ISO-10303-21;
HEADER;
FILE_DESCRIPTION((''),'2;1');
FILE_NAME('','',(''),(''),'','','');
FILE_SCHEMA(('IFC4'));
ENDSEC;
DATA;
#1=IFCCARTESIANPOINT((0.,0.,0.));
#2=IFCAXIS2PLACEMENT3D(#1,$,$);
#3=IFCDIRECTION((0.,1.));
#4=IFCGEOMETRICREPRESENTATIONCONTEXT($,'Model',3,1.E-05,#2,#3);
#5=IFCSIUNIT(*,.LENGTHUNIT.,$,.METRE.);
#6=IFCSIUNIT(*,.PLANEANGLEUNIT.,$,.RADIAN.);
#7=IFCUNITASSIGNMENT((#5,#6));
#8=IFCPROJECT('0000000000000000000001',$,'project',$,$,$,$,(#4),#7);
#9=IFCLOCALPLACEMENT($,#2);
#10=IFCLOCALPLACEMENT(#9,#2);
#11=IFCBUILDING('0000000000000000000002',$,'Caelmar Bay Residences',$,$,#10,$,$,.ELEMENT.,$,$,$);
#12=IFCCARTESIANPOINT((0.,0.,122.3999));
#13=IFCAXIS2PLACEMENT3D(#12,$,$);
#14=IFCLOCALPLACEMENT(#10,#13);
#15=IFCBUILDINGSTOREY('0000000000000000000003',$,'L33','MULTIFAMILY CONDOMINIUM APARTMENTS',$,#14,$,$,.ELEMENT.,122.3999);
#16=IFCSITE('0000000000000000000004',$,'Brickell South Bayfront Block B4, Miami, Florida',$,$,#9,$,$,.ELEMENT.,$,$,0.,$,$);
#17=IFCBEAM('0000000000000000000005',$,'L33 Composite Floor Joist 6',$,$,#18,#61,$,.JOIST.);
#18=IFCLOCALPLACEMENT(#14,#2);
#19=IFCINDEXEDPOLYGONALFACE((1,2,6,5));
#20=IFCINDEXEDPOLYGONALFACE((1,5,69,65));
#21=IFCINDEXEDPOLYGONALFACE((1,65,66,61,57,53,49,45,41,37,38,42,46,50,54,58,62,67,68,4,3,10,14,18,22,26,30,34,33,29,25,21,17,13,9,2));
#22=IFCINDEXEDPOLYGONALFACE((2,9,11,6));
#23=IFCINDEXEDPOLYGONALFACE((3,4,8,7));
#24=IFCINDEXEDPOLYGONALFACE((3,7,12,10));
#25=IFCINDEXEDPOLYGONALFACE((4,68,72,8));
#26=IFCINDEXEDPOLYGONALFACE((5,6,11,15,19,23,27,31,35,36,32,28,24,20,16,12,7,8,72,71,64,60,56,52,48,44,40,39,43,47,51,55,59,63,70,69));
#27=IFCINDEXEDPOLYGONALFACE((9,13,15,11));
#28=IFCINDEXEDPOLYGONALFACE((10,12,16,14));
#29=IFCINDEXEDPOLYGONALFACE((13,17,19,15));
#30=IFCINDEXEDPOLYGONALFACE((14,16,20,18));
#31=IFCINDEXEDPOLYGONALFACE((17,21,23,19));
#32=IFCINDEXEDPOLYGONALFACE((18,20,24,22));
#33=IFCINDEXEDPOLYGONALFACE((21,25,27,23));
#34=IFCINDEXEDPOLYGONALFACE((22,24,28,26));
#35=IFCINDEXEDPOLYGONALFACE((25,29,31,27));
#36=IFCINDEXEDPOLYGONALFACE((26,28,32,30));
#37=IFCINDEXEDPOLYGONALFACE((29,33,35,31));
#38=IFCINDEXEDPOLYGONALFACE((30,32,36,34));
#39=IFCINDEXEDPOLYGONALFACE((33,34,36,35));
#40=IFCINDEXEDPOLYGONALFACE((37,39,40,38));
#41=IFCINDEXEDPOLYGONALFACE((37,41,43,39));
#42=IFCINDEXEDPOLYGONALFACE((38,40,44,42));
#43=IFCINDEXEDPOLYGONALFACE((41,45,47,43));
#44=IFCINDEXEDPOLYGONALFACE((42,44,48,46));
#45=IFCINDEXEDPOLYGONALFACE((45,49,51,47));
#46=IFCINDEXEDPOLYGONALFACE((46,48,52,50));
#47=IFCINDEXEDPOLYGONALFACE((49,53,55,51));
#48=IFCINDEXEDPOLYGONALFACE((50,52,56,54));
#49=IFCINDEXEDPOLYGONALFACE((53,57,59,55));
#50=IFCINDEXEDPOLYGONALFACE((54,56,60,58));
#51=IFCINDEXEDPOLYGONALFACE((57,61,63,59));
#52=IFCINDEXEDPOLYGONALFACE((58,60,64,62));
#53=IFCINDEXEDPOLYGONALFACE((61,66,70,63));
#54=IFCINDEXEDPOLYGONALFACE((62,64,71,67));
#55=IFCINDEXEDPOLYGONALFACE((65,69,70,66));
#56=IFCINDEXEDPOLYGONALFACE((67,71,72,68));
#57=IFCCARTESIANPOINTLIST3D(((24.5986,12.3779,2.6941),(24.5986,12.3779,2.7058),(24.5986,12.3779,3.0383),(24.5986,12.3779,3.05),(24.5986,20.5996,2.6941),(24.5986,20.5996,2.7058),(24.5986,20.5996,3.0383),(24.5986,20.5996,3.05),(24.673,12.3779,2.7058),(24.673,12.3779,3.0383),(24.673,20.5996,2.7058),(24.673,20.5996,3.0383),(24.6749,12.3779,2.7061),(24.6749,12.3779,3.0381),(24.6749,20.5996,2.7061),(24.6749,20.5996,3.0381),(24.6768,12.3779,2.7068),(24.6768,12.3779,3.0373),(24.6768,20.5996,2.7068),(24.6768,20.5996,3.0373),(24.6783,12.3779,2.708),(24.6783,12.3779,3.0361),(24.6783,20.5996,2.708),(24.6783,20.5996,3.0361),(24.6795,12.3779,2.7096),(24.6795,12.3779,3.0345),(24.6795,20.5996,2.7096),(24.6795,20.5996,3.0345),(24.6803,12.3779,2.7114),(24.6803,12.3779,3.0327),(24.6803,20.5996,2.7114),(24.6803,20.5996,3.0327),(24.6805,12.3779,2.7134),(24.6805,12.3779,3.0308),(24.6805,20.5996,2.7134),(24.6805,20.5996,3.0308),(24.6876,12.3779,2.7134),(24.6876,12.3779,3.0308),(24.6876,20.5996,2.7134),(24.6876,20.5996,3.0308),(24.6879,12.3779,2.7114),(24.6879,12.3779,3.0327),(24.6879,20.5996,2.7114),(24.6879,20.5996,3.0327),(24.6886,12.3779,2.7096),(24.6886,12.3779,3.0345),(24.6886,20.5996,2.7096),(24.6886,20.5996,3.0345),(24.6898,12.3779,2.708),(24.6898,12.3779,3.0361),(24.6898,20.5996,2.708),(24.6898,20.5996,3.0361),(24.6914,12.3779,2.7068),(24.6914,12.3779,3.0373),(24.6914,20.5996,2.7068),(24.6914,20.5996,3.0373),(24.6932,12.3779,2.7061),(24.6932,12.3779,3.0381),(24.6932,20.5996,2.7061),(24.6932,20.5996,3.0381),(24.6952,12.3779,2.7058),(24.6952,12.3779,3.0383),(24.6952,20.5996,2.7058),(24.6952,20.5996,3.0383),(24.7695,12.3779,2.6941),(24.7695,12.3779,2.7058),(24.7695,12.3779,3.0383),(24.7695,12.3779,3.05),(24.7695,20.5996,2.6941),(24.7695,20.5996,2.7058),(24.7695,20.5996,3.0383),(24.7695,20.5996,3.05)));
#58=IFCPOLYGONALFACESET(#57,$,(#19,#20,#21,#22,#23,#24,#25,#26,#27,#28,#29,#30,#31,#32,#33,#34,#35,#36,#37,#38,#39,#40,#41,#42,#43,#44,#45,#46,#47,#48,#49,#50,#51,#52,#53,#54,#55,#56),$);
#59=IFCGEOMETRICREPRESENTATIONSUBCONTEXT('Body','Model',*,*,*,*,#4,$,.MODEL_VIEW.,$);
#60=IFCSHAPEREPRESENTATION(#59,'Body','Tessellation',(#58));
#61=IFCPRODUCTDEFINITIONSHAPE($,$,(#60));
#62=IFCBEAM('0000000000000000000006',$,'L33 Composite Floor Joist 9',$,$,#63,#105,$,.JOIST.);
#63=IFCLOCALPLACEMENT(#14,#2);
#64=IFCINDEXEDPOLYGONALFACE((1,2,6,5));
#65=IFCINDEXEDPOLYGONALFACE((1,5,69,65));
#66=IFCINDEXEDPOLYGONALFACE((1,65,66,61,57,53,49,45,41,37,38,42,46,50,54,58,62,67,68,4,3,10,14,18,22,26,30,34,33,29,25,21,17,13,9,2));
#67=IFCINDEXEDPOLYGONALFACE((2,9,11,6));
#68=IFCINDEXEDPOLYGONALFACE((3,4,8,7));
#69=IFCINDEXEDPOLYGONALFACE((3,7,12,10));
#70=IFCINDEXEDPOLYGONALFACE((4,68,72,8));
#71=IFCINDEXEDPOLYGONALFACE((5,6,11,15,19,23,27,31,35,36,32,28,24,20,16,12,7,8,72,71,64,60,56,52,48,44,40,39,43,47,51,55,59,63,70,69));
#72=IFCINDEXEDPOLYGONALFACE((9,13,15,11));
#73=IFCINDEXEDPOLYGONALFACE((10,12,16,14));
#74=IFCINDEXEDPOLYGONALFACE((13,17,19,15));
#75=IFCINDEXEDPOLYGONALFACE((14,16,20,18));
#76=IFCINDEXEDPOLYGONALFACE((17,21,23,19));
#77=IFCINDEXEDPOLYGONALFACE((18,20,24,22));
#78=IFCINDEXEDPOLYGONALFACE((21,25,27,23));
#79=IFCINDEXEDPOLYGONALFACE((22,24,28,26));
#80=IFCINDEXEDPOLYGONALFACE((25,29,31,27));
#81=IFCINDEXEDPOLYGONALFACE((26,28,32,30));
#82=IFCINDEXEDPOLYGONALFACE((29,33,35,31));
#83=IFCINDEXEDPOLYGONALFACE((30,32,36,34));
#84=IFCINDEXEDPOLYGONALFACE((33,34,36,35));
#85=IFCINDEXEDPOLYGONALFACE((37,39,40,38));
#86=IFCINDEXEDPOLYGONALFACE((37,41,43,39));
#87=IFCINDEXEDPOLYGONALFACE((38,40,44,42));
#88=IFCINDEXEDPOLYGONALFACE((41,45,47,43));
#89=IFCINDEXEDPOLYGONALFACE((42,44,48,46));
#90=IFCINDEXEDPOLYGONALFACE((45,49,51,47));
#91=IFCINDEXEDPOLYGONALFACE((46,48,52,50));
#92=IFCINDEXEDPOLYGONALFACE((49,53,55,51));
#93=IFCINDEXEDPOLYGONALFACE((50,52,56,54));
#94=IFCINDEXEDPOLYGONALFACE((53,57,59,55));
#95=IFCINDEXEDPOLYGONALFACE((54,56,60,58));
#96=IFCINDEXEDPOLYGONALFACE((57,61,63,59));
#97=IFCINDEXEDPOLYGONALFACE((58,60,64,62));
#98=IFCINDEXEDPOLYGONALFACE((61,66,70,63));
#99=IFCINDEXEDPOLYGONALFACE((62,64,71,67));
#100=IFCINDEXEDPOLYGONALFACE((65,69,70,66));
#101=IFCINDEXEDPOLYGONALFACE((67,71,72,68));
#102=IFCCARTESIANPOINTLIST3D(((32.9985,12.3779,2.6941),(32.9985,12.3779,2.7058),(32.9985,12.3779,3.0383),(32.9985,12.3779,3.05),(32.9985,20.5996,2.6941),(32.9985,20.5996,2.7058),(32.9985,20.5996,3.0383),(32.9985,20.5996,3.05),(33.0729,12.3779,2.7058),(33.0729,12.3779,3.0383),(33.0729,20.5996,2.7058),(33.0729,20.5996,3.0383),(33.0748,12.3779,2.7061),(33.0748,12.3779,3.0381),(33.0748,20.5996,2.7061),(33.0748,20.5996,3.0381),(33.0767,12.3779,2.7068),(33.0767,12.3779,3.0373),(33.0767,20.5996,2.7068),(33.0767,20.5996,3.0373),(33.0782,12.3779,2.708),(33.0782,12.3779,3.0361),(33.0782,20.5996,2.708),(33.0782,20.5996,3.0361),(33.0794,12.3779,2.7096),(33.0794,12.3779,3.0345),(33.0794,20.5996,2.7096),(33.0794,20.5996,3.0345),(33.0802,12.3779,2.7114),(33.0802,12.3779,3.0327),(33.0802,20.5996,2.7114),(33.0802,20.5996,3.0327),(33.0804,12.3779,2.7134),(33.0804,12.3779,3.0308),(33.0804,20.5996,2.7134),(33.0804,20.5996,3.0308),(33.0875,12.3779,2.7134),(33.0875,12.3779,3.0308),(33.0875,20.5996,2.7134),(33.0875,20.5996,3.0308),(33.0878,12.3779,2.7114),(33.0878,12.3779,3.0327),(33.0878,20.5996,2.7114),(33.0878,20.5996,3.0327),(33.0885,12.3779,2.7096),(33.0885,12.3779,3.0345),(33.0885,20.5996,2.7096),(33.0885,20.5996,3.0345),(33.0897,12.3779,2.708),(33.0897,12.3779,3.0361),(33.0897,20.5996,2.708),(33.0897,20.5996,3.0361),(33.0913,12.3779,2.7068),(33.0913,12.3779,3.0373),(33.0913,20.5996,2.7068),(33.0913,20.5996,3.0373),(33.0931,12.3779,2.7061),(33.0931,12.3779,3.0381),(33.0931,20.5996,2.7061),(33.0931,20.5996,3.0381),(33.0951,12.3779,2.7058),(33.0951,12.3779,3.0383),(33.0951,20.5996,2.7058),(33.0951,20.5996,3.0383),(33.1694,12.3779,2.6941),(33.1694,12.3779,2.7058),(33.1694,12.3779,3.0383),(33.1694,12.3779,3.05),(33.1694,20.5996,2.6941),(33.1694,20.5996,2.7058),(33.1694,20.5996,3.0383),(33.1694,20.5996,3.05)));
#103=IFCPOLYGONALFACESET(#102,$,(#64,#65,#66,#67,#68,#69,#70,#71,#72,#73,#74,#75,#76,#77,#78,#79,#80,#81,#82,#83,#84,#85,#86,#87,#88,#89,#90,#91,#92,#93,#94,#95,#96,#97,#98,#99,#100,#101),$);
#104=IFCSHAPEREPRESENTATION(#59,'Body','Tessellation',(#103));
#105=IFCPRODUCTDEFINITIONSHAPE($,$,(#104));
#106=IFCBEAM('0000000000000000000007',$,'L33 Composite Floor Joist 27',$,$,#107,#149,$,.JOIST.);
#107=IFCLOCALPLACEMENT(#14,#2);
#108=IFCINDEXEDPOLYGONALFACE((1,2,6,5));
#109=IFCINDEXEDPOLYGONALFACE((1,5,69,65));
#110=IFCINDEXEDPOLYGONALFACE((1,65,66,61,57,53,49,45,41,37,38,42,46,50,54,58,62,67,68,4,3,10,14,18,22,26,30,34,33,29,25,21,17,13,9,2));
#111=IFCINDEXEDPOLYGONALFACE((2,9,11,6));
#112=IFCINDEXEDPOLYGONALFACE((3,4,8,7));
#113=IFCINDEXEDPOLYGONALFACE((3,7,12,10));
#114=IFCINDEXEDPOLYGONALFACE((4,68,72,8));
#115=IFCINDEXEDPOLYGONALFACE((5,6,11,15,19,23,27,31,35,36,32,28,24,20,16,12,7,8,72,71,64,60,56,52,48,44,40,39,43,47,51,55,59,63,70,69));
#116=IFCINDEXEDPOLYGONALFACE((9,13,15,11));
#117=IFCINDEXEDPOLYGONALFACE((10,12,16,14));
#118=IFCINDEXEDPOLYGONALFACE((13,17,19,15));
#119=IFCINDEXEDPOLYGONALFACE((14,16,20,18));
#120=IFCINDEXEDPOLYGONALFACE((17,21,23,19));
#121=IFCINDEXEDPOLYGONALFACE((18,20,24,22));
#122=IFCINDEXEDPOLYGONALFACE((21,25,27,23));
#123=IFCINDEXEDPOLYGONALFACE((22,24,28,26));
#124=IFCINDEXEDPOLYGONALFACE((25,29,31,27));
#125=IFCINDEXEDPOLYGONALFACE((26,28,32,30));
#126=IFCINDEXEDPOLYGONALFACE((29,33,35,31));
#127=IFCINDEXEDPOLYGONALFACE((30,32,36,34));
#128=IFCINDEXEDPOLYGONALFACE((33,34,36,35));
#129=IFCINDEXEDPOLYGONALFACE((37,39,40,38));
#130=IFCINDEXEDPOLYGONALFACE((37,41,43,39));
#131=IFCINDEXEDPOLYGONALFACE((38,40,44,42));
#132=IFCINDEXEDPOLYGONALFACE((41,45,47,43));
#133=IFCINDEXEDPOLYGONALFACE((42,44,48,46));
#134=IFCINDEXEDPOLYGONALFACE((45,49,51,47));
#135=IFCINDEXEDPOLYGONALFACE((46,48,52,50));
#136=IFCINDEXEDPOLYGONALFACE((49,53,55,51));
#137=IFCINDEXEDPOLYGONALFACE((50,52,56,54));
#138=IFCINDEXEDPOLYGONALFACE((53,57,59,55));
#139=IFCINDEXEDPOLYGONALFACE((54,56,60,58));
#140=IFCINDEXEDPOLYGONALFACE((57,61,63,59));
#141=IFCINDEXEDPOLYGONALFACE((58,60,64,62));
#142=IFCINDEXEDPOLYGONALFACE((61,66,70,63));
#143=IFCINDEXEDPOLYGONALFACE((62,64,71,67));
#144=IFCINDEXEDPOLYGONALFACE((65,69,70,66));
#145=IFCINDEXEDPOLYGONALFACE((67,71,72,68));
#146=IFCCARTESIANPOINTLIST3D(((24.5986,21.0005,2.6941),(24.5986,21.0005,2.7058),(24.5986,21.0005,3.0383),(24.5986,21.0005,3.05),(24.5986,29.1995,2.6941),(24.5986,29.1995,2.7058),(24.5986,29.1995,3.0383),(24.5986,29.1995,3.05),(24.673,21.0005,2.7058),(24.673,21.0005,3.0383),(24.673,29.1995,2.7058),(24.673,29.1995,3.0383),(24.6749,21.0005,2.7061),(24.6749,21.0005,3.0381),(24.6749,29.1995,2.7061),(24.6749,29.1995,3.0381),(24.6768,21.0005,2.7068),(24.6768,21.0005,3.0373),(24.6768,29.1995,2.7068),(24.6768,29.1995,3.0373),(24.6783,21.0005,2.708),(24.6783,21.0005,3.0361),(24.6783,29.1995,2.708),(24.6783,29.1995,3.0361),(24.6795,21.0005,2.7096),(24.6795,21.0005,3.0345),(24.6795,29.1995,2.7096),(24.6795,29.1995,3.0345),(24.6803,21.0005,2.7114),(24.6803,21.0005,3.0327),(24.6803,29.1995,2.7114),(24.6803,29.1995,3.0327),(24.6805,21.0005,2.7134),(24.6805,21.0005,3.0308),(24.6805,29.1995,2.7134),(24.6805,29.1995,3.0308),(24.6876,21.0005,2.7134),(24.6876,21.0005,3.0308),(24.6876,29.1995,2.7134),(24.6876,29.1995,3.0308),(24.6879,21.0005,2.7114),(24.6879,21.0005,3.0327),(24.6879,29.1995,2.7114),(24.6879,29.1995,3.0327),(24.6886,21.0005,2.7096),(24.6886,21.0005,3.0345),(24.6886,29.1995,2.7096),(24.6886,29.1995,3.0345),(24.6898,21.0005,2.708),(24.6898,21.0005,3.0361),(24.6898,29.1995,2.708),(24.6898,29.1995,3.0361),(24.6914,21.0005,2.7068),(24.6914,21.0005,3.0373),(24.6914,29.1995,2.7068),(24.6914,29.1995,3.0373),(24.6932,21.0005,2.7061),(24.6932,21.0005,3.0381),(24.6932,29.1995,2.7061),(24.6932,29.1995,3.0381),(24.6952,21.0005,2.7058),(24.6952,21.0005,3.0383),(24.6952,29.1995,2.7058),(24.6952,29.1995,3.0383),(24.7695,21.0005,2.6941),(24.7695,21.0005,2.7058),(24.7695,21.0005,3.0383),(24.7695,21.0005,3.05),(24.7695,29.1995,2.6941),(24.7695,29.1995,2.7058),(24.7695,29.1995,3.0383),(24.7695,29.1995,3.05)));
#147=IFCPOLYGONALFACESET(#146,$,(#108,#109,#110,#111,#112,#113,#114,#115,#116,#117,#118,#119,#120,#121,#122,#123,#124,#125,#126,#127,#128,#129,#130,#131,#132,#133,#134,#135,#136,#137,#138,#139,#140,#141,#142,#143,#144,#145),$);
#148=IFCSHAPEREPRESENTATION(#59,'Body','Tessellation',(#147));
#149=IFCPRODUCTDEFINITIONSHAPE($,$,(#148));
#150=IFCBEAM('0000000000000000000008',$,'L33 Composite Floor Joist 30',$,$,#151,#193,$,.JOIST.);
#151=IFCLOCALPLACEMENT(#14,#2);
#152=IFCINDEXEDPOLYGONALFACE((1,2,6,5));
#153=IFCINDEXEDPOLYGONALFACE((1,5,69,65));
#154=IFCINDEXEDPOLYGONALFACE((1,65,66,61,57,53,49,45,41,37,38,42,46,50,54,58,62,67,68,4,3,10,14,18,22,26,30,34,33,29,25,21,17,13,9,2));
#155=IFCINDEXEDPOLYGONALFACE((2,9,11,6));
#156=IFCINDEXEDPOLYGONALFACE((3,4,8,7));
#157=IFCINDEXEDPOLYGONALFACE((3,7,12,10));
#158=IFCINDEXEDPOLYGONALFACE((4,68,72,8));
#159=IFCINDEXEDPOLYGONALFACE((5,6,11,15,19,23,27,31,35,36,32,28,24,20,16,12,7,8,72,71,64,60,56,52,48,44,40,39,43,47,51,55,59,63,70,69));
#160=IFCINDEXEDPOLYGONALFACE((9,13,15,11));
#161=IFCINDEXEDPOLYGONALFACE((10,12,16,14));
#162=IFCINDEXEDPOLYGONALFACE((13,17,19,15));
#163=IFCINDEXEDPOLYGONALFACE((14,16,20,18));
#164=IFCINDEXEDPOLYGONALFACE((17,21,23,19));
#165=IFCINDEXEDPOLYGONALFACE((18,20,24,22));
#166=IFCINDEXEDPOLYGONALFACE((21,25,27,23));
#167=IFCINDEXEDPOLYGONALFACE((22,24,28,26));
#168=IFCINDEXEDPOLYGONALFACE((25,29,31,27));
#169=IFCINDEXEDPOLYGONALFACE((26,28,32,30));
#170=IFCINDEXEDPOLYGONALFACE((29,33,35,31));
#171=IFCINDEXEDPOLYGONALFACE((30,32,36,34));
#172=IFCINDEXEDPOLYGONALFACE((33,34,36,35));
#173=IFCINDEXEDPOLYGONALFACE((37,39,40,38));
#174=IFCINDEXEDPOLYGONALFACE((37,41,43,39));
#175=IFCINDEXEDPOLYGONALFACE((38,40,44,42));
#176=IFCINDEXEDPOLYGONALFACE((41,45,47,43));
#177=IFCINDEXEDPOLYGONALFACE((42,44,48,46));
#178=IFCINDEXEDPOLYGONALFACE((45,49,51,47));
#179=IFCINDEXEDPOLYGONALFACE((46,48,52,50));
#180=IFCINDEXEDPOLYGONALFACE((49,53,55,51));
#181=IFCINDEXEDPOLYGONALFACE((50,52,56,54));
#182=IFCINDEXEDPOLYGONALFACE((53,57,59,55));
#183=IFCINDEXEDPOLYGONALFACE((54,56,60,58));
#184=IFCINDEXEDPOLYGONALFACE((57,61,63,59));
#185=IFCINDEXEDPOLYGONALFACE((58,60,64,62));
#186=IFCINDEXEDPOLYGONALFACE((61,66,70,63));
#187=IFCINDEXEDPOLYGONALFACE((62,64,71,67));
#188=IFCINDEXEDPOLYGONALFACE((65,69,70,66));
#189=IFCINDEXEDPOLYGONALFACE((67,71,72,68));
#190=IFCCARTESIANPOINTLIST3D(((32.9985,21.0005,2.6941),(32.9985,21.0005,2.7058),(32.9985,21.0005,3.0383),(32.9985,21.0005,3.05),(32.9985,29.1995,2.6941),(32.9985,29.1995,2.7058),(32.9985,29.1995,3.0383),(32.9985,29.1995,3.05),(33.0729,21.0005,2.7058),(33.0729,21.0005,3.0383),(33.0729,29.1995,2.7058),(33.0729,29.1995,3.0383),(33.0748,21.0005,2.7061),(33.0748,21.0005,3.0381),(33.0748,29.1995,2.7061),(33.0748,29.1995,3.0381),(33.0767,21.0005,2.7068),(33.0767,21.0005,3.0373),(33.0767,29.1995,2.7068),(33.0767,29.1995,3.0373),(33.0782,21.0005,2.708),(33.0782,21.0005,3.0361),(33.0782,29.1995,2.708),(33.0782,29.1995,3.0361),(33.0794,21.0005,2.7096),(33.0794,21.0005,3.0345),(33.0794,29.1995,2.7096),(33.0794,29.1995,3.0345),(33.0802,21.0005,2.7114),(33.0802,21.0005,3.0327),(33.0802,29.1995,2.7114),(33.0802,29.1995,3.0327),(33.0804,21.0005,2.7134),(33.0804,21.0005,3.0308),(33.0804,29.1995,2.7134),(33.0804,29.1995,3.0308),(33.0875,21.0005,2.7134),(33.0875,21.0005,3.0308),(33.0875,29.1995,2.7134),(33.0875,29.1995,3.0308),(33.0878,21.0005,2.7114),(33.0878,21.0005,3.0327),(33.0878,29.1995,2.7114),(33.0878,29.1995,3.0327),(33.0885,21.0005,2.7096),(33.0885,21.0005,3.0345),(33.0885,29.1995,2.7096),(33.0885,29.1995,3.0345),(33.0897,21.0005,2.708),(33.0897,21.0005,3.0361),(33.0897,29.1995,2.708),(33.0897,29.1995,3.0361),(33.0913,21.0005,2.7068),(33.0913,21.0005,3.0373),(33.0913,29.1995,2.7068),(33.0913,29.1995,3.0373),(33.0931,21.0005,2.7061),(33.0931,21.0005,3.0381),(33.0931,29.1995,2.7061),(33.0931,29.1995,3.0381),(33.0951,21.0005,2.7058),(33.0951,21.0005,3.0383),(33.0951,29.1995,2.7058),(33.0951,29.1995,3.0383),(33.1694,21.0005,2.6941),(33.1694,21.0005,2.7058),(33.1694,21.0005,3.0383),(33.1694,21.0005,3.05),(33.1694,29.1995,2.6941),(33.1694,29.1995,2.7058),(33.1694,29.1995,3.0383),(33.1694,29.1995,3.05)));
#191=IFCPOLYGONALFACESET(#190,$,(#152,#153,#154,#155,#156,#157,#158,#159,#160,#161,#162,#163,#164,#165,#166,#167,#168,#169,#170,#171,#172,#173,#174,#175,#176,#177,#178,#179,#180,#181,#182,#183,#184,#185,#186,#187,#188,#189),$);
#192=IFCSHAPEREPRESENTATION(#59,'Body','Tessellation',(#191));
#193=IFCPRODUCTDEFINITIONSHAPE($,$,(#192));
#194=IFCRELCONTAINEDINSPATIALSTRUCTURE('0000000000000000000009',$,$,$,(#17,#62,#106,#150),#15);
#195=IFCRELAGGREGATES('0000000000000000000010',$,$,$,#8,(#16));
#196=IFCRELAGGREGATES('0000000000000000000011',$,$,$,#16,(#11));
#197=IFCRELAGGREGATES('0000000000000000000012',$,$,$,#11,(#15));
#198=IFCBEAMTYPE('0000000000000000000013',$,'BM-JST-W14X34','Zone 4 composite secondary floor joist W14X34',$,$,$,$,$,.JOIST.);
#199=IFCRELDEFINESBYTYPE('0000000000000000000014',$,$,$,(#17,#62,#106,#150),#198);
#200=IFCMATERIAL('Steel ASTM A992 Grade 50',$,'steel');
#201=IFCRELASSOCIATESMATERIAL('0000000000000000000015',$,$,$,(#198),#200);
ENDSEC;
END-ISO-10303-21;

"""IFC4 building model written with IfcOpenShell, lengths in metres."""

from ifc_helpers import new_model, si_unit, direction, frame, origin, origin_2d, place, context, subcontext, project, spatial, i_section, extrude, material, material_profile, profile_set, type_object, element, save


model = new_model("IFC4")

# Units and contexts
model_context = context("Model", 3, precision=1e-05, world=origin(), true_north=direction((0.0, 1.0)))
body_context = subcontext(model_context, "Body", "Model", "MODEL_VIEW")
ifc_project = project(units=[si_unit("LENGTHUNIT", "METRE"), si_unit("PLANEANGLEUNIT", "RADIAN")], contexts=[model_context])

# Site, building, storey
site_placement = place(None, origin())
site = spatial("IfcSite", under=ifc_project, at=site_placement, Name="Brickell South Bayfront Block B4, Miami, Florida", CompositionType="ELEMENT", RefElevation=0.0)
building_placement = place(site_placement, origin())
building = spatial("IfcBuilding", under=site, at=building_placement, Name="Caelmar Bay Residences", CompositionType="ELEMENT")
storey_placement = place(building_placement, frame((0.0, 0.0, 122.3999)))
storey = spatial("IfcBuildingStorey", under=building, at=storey_placement, Name="L33", Description="MULTIFAMILY CONDOMINIUM APARTMENTS", CompositionType="ELEMENT", Elevation=122.3999)

# Beams
ifc_material_1 = material(Name="Steel ASTM A992 Grade 50", Category="steel")
ifc_material_profile_1 = material_profile(ifc_material_1, i_section(OverallWidth=0.1709, OverallDepth=0.356, WebThickness=0.0071, FlangeThickness=0.0117, FilletRadius=0.0076, at=origin_2d()), Name="W14X34")
ifc_profile_set_1 = profile_set([ifc_material_profile_1], Name="Steel ASTM A992 Grade 50")
beam_type_1 = type_object("IfcBeamType", Name="BM-JST-W14X34", Description="Zone 4 composite secondary floor joist W14X34", PredefinedType="JOIST", material=ifc_profile_set_1)
for number, where, z_axis, x_axis, name in (
    (1, (24.6841, 12.3779, 2.8721), (0.0, 1.0, 0.0), (-1.0, 0.0, 0.0), "L33 Composite Floor Joist 6"),
    (2, (33.084, 12.3779, 2.8721), (0.0, 1.0, 0.0), (-1.0, 0.0, 0.0), "L33 Composite Floor Joist 9"),
):
    element("IfcBeam", number, at=place(storey_placement, frame(where, z_axis=z_axis, x_axis=x_axis)), inside=storey, type_object=beam_type_1, Name=name, PredefinedType="JOIST", context=body_context, shape_type="SweptSolid", body=[
        extrude(i_section(OverallWidth=0.1709, OverallDepth=0.356, WebThickness=0.0071, FlangeThickness=0.0117, FilletRadius=0.0076, at=origin_2d()), origin(), (0.0, 0.0, 1.0), 8.2217),
    ])
for number, where, z_axis, x_axis, name in (
    (3, (24.6841, 21.0005, 2.8721), (0.0, 1.0, 0.0), (-1.0, 0.0, 0.0), "L33 Composite Floor Joist 27"),
    (4, (33.084, 21.0005, 2.8721), (0.0, 1.0, 0.0), (-1.0, 0.0, 0.0), "L33 Composite Floor Joist 30"),
):
    element("IfcBeam", number, at=place(storey_placement, frame(where, z_axis=z_axis, x_axis=x_axis)), inside=storey, type_object=beam_type_1, Name=name, PredefinedType="JOIST", context=body_context, shape_type="SweptSolid", body=[
        extrude(i_section(OverallWidth=0.1709, OverallDepth=0.356, WebThickness=0.0071, FlangeThickness=0.0117, FilletRadius=0.0076, at=origin_2d()), origin(), (0.0, 0.0, 1.0), 8.199),
    ])

save(model, "model.ifc")
